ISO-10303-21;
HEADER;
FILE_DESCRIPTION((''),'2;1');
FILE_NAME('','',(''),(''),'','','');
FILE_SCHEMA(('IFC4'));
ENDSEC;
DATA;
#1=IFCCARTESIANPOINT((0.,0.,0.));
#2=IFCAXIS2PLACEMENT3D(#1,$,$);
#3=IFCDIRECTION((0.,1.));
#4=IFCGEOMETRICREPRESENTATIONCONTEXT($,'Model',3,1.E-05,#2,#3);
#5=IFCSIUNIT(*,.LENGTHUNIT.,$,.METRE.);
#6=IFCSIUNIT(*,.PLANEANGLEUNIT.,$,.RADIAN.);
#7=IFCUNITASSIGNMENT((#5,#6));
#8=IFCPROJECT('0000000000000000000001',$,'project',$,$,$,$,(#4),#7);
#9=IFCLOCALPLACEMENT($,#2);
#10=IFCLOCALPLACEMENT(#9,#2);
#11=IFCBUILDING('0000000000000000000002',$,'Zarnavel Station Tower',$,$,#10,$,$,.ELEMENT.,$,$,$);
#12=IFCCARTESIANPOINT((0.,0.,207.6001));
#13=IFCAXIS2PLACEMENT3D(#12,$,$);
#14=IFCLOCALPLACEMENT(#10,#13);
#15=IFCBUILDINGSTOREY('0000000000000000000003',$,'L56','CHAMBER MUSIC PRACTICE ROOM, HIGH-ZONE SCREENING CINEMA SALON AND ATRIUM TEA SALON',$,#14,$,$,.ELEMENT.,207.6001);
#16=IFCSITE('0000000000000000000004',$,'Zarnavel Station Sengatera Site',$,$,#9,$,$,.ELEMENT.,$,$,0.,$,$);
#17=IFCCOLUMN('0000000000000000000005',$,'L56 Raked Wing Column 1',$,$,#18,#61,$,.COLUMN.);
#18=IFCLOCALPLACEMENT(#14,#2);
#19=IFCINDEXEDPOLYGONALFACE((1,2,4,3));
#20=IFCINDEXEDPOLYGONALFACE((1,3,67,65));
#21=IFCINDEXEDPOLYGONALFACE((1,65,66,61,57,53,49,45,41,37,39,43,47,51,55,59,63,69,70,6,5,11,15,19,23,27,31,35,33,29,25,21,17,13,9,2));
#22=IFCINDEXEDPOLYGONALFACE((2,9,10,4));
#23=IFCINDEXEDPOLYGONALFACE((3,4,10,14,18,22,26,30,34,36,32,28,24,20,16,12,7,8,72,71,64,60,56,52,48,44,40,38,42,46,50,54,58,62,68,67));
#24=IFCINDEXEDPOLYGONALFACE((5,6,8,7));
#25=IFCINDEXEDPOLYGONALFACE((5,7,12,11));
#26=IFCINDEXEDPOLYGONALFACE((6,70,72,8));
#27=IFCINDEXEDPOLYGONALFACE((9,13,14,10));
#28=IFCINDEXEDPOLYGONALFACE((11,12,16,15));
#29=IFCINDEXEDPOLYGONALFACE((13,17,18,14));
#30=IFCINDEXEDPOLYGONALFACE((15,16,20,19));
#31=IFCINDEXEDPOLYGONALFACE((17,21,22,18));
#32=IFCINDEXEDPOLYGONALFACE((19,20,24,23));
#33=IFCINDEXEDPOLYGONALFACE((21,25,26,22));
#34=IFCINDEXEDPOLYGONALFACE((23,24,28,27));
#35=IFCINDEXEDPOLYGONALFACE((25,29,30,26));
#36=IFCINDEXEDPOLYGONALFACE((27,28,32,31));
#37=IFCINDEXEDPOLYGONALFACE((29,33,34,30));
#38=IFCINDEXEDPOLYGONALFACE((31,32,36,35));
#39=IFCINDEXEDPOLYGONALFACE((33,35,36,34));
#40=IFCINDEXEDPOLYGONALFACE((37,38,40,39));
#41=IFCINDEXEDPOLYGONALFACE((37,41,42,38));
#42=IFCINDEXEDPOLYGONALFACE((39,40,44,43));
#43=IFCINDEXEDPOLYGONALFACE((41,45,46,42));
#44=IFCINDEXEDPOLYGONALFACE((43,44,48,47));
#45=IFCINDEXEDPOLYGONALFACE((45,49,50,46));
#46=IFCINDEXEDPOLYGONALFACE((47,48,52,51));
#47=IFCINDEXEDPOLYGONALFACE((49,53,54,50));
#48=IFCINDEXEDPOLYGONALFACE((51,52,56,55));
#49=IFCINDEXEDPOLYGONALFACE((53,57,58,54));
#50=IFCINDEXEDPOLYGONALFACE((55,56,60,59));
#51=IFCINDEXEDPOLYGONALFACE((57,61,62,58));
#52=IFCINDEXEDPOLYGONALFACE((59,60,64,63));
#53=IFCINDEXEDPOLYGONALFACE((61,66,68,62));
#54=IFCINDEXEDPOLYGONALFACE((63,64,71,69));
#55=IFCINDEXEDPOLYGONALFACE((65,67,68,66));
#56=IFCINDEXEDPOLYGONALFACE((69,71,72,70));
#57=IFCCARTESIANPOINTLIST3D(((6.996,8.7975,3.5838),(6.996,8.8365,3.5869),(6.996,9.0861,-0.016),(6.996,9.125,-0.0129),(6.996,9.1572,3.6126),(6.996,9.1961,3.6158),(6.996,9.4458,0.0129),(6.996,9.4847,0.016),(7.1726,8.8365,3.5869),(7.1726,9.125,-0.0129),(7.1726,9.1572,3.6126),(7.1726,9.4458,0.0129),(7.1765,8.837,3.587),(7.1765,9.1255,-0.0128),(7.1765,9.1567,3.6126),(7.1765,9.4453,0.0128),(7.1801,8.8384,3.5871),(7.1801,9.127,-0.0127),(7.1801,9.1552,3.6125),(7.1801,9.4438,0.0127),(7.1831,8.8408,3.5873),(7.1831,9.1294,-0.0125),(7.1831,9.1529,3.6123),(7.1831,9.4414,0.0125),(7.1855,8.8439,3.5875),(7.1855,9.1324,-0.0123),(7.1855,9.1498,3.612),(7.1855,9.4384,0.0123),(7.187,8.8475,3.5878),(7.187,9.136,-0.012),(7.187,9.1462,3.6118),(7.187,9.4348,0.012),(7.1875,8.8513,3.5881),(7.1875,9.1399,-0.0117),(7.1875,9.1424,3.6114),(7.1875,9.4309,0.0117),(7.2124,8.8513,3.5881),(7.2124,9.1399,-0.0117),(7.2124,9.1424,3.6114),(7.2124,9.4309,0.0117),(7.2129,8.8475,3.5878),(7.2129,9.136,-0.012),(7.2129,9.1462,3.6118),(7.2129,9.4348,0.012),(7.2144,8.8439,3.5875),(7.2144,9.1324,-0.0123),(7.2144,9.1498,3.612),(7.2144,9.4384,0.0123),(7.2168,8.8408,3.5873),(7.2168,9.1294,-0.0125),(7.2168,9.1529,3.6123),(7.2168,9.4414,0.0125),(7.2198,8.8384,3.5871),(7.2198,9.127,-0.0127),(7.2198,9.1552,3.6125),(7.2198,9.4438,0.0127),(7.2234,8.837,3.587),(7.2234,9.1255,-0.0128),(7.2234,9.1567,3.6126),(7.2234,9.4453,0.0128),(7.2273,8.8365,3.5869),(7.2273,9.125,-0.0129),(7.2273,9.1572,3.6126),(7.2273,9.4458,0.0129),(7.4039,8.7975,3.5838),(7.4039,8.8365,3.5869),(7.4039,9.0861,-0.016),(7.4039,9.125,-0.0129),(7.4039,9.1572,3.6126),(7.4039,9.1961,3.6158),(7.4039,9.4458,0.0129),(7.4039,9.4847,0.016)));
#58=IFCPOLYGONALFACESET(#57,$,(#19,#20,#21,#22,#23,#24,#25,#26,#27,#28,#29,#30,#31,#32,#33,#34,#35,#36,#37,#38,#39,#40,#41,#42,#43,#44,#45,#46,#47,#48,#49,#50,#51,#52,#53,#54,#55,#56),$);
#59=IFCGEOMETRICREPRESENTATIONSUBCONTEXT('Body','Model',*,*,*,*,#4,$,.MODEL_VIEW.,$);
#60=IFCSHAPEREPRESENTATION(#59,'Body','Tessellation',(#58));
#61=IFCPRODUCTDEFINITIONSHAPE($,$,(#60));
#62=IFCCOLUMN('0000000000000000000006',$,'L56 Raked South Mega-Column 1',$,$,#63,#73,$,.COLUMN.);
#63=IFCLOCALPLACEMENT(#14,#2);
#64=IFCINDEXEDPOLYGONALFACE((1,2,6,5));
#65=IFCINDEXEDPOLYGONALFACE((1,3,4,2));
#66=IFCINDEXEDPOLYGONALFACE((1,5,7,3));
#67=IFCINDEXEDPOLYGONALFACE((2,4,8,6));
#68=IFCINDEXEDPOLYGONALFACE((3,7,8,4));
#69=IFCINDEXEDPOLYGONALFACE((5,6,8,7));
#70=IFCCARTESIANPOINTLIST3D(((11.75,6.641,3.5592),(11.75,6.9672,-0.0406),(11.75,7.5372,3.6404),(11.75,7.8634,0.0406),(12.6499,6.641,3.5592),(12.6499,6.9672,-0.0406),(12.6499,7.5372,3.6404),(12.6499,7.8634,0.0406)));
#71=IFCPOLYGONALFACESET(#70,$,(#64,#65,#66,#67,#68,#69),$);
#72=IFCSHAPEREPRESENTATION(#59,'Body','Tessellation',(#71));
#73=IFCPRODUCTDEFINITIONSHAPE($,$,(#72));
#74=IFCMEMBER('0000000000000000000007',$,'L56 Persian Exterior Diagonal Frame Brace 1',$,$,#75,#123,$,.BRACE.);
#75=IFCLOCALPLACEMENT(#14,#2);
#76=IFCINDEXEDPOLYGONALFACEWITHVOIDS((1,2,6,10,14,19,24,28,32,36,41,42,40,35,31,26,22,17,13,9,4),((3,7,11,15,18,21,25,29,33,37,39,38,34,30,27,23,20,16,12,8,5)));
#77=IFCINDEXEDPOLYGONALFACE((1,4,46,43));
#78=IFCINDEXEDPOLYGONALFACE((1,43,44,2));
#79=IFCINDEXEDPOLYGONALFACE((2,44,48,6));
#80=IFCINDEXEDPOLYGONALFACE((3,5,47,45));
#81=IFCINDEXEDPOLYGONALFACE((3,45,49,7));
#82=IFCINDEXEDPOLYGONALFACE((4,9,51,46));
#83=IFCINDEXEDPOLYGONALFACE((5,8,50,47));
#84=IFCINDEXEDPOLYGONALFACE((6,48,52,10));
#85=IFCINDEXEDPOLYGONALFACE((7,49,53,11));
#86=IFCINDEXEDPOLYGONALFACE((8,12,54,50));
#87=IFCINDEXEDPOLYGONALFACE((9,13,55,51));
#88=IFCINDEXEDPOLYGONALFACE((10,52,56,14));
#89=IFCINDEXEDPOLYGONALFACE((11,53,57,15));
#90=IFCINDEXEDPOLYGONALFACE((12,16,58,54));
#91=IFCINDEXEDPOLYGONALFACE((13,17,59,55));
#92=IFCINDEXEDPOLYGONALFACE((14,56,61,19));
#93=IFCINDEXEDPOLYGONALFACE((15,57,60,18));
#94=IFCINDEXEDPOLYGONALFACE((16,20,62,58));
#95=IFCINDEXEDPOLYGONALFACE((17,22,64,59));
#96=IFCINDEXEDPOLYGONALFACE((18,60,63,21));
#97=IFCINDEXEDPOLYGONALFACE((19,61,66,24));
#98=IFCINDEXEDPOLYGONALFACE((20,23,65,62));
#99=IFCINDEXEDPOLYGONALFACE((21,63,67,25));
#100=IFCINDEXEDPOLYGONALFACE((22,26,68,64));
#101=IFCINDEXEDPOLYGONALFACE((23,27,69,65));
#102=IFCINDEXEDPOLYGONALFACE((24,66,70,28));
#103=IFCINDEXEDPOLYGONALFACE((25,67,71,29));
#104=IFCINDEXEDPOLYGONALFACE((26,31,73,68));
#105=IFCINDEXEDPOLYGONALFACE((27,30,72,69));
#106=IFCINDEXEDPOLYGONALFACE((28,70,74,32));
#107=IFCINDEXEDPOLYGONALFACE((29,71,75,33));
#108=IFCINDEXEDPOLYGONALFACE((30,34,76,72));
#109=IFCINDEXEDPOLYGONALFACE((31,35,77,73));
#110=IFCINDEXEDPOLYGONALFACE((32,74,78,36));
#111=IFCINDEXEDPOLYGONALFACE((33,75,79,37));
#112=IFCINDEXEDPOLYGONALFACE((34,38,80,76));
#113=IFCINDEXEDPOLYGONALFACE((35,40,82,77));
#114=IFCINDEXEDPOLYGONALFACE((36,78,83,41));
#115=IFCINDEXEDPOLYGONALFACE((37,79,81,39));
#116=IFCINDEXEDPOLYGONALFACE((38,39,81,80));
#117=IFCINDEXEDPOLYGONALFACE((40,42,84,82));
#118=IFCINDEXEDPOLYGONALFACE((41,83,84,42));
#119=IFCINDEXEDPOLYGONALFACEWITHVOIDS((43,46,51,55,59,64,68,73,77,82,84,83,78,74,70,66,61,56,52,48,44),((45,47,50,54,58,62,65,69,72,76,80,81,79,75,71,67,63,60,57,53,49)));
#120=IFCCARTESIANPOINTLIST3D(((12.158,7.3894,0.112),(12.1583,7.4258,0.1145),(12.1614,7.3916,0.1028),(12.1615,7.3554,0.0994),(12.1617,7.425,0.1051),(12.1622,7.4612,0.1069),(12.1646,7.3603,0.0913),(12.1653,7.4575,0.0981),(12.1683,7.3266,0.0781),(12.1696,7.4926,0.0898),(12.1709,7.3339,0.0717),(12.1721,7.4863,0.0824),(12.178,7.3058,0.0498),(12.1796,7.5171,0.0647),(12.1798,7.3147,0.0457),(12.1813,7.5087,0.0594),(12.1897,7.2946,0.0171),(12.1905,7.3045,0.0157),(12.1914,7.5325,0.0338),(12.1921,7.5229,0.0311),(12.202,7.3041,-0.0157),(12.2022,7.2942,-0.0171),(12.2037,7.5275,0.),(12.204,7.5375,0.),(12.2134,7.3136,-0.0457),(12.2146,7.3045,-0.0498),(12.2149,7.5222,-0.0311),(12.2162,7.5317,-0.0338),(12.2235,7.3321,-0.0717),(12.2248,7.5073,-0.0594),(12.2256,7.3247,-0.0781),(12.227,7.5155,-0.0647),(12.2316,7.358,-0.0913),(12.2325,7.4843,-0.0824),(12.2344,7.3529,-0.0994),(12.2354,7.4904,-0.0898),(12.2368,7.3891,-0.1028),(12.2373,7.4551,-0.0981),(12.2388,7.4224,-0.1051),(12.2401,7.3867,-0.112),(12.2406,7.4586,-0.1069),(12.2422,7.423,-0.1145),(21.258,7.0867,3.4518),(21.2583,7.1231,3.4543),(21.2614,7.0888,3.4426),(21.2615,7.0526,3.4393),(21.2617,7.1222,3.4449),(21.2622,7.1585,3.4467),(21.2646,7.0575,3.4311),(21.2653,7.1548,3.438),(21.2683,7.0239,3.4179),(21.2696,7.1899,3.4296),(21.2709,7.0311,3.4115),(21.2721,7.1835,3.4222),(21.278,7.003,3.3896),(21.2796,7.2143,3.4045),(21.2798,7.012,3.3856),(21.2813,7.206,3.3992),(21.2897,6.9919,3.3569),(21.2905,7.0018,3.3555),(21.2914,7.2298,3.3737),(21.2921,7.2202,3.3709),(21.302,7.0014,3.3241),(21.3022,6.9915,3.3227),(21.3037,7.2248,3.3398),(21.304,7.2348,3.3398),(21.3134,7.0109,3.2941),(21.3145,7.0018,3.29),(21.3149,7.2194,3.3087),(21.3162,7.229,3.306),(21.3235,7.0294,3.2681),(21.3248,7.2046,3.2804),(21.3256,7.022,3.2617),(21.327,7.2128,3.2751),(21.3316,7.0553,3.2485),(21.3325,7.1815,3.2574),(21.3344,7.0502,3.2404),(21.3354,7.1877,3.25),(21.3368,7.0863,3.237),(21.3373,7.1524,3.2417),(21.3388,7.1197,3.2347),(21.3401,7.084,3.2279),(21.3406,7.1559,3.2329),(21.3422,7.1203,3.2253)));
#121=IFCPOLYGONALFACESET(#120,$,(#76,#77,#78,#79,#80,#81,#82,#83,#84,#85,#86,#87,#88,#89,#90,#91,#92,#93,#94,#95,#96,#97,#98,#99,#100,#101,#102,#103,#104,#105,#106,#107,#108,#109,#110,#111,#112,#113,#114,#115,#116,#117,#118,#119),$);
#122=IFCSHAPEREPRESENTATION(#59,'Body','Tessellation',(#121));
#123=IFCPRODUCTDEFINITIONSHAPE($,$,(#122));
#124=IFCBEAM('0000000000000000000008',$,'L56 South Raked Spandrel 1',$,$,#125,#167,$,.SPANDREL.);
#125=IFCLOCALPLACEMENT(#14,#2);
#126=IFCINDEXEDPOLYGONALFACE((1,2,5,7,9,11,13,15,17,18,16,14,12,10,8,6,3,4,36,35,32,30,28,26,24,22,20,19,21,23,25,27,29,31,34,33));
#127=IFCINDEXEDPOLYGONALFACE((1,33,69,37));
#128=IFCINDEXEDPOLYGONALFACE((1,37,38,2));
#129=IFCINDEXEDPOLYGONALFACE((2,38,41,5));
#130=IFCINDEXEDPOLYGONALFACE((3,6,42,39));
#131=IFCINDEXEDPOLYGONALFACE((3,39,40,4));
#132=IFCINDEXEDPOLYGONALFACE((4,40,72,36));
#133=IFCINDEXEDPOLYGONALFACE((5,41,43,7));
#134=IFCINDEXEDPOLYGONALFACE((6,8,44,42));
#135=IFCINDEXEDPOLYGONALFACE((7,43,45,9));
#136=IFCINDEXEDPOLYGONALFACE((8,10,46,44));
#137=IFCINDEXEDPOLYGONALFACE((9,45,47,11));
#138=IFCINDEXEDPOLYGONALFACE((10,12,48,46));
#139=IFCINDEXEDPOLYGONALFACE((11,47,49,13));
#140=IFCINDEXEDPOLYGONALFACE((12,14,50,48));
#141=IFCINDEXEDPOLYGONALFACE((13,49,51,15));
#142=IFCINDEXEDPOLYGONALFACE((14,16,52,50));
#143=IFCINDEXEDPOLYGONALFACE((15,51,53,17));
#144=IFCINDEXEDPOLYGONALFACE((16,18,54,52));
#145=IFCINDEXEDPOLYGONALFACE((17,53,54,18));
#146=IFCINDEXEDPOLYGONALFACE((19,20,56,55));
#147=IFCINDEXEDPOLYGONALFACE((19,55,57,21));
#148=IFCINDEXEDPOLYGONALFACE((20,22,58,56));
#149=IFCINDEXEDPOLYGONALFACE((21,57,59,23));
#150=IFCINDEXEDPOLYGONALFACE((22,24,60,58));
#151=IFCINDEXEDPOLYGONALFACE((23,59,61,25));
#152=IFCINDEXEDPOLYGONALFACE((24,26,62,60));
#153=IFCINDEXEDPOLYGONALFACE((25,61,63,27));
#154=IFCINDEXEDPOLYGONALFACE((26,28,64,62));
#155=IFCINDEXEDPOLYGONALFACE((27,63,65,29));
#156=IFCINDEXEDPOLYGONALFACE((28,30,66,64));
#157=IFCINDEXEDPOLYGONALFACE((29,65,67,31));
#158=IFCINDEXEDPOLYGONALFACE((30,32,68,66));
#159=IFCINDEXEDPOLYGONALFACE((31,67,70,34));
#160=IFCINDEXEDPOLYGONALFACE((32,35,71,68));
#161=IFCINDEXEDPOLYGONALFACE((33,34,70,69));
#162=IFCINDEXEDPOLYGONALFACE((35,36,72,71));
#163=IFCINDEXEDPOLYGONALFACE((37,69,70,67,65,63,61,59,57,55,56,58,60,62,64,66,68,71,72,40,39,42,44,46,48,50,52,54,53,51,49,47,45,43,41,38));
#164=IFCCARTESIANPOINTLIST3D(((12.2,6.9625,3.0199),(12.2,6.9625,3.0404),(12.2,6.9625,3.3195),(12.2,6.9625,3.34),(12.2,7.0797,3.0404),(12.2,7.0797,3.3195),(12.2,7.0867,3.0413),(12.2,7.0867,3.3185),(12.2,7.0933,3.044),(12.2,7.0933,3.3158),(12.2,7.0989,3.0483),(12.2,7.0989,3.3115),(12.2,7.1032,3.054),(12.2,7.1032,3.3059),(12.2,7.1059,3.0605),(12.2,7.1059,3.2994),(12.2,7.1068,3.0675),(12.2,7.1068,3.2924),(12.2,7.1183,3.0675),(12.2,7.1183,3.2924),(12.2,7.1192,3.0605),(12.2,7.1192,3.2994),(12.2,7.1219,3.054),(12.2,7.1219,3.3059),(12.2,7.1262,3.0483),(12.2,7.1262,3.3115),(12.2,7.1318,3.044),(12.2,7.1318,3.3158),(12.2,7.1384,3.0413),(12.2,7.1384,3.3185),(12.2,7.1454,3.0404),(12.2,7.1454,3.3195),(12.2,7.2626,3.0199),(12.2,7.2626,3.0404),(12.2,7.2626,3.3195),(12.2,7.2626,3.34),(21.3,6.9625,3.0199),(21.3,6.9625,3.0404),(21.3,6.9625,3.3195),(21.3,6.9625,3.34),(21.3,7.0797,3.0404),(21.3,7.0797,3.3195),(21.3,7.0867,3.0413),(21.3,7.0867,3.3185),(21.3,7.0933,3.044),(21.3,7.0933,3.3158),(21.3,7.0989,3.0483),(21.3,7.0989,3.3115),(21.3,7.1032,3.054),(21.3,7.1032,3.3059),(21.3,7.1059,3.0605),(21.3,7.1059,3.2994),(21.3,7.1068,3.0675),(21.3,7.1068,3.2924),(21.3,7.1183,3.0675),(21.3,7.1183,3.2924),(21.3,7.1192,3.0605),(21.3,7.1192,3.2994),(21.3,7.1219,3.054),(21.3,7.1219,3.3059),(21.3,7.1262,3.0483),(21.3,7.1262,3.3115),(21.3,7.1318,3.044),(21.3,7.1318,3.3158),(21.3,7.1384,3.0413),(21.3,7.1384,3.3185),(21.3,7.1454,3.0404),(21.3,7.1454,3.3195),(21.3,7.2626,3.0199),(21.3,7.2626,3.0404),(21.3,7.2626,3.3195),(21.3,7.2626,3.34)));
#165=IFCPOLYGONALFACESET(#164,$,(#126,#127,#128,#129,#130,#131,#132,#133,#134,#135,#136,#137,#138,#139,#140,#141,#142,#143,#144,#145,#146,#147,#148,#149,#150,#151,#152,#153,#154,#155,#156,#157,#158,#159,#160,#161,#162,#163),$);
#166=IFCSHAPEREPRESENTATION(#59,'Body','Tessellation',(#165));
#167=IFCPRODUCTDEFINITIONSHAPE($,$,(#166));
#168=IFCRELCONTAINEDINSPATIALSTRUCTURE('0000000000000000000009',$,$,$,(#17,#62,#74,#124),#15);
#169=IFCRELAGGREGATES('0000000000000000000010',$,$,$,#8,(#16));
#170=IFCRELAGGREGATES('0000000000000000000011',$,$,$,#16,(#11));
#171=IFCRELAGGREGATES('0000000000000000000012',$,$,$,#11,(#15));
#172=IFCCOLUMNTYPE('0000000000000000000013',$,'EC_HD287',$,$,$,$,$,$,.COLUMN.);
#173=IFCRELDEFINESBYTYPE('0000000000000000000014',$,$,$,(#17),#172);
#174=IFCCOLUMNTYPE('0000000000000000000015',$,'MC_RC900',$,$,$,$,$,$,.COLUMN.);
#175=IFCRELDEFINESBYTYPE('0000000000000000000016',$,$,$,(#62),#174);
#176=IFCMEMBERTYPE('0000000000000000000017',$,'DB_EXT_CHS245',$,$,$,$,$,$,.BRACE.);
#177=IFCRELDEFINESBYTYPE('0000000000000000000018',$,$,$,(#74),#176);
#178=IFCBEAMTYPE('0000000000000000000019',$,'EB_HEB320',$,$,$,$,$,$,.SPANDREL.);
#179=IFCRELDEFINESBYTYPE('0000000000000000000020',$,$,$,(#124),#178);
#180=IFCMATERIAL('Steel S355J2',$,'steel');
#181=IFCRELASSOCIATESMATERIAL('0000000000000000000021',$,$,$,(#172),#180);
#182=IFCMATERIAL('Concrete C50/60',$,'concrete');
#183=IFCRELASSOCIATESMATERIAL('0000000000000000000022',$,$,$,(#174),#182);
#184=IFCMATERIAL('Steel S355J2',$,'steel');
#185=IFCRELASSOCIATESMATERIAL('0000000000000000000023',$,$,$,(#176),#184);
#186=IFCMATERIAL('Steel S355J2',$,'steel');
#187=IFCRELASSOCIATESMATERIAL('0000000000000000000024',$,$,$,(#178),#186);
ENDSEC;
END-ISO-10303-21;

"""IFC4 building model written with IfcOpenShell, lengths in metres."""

from ifc_helpers import new_model, si_unit, direction, frame, origin, origin_2d, place, context, subcontext, project, spatial, rectangle, hollow_circle, i_section, extrude, material, material_profile, profile_set, type_object, element, save


model = new_model("IFC4")

# Units and contexts
model_context = context("Model", 3, precision=1e-05, world=origin(), true_north=direction((0.0, 1.0)))
body_context = subcontext(model_context, "Body", "Model", "MODEL_VIEW")
ifc_project = project(units=[si_unit("LENGTHUNIT", "METRE"), si_unit("PLANEANGLEUNIT", "RADIAN")], contexts=[model_context])

# Site, building, storey
site_placement = place(None, origin())
site = spatial("IfcSite", under=ifc_project, at=site_placement, Name="Zarnavel Station Sengatera Site", CompositionType="ELEMENT", RefElevation=0.0)
building_placement = place(site_placement, origin())
building = spatial("IfcBuilding", under=site, at=building_placement, Name="Zarnavel Station Tower", CompositionType="ELEMENT")
storey_placement = place(building_placement, frame((0.0, 0.0, 207.6001)))
storey = spatial("IfcBuildingStorey", under=building, at=storey_placement, Name="L56", Description="CHAMBER MUSIC PRACTICE ROOM, HIGH-ZONE SCREENING CINEMA SALON AND ATRIUM TEA SALON", CompositionType="ELEMENT", Elevation=207.6001)

# Columns
ifc_material_1 = material(Name="Steel S355J2", Category="steel")
ifc_material_profile_1 = material_profile(ifc_material_1, i_section(OverallWidth=0.408, OverallDepth=0.3999, WebThickness=0.0249, FlangeThickness=0.0391, FilletRadius=0.0149, at=origin_2d()), Name="HD400x287")
ifc_profile_set_1 = profile_set([ifc_material_profile_1], Name="Steel S355J2")
column_type_1 = type_object("IfcColumnType", Name="EC_HD287", PredefinedType="COLUMN", material=ifc_profile_set_1)
column_1_placement = place(storey_placement, frame((7.2, 9.2854, 0.0), z_axis=(0.0, -0.079906, 0.996802), x_axis=(1.0, 0.0, 0.0)))
element("IfcColumn", 1, at=column_1_placement, inside=storey, type_object=column_type_1, Name="L56 Raked Wing Column 1", PredefinedType="COLUMN", context=body_context, shape_type="SweptSolid", body=[
    extrude(i_section(OverallWidth=0.408, OverallDepth=0.3999, WebThickness=0.0249, FlangeThickness=0.0391, FilletRadius=0.0149, at=origin_2d()), origin(), (0.0, 0.0, 1.0), 3.6113),
])
ifc_material_2 = material(Name="Concrete C50/60", Category="concrete")
ifc_material_profile_2 = material_profile(ifc_material_2, rectangle(XDim=0.8999, YDim=0.8999, at=origin_2d()), Name="RC900x900")
ifc_profile_set_2 = profile_set([ifc_material_profile_2], Name="Concrete C50/60")
column_type_2 = type_object("IfcColumnType", Name="MC_RC900", PredefinedType="COLUMN", material=ifc_profile_set_2)
column_2_placement = place(storey_placement, frame((12.2, 7.4153, 0.0), z_axis=(0.0, -0.090237, 0.99592), x_axis=(1.0, 0.0, 0.0)))
element("IfcColumn", 2, at=column_2_placement, inside=storey, type_object=column_type_2, Name="L56 Raked South Mega-Column 1", PredefinedType="COLUMN", context=body_context, shape_type="SweptSolid", body=[
    extrude(rectangle(XDim=0.8999, YDim=0.8999, at=origin_2d()), origin(), (0.0, 0.0, 1.0), 3.6145),
])

# Member
ifc_material_3 = material(Name="Steel S355J2", Category="steel")
ifc_material_profile_3 = material_profile(ifc_material_3, hollow_circle(Radius=0.1223, WallThickness=0.01, at=origin_2d()), Name="CHS244.5x10")
ifc_profile_set_3 = profile_set([ifc_material_profile_3], Name="Steel S355J2")
member_type = type_object("IfcMemberType", Name="DB_EXT_CHS245", PredefinedType="BRACE", material=ifc_profile_set_3)
member_placement = place(storey_placement, frame((12.2, 7.4153, 0.0), z_axis=(0.938314, -0.031215, 0.344372), x_axis=(0.033249, 0.999447, 0.0)))
element("IfcMember", 3, at=member_placement, inside=storey, type_object=member_type, Name="L56 Persian Exterior Diagonal Frame Brace 1", PredefinedType="BRACE", context=body_context, shape_type="SweptSolid", body=[
    extrude(hollow_circle(Radius=0.1223, WallThickness=0.01, at=origin_2d()), origin(), (0.0, 0.0, 1.0), 9.6982),
])

# Beam
ifc_material_4 = material(Name="Steel S355J2", Category="steel")
ifc_material_profile_4 = material_profile(ifc_material_4, i_section(OverallWidth=0.3, OverallDepth=0.3201, WebThickness=0.0115, FlangeThickness=0.0205, FilletRadius=0.0271, at=origin_2d()), Name="HEB320")
ifc_profile_set_4 = profile_set([ifc_material_profile_4], Name="Steel S355J2")
beam_type_1 = type_object("IfcBeamType", Name="EB_HEB320", PredefinedType="SPANDREL", material=ifc_profile_set_4)
beam_1_placement = place(storey_placement, frame((12.2, 7.1125, 3.1799), z_axis=(1.0, 0.0, 0.0), x_axis=(0.0, 1.0, 0.0)))
element("IfcBeam", 4, at=beam_1_placement, inside=storey, type_object=beam_type_1, Name="L56 South Raked Spandrel 1", PredefinedType="SPANDREL", context=body_context, shape_type="SweptSolid", body=[
    extrude(i_section(OverallWidth=0.3, OverallDepth=0.3201, WebThickness=0.0115, FlangeThickness=0.0205, FilletRadius=0.0271, at=origin_2d()), origin(), (0.0, 0.0, 1.0), 9.1001),
])

save(model, "model.ifc")
